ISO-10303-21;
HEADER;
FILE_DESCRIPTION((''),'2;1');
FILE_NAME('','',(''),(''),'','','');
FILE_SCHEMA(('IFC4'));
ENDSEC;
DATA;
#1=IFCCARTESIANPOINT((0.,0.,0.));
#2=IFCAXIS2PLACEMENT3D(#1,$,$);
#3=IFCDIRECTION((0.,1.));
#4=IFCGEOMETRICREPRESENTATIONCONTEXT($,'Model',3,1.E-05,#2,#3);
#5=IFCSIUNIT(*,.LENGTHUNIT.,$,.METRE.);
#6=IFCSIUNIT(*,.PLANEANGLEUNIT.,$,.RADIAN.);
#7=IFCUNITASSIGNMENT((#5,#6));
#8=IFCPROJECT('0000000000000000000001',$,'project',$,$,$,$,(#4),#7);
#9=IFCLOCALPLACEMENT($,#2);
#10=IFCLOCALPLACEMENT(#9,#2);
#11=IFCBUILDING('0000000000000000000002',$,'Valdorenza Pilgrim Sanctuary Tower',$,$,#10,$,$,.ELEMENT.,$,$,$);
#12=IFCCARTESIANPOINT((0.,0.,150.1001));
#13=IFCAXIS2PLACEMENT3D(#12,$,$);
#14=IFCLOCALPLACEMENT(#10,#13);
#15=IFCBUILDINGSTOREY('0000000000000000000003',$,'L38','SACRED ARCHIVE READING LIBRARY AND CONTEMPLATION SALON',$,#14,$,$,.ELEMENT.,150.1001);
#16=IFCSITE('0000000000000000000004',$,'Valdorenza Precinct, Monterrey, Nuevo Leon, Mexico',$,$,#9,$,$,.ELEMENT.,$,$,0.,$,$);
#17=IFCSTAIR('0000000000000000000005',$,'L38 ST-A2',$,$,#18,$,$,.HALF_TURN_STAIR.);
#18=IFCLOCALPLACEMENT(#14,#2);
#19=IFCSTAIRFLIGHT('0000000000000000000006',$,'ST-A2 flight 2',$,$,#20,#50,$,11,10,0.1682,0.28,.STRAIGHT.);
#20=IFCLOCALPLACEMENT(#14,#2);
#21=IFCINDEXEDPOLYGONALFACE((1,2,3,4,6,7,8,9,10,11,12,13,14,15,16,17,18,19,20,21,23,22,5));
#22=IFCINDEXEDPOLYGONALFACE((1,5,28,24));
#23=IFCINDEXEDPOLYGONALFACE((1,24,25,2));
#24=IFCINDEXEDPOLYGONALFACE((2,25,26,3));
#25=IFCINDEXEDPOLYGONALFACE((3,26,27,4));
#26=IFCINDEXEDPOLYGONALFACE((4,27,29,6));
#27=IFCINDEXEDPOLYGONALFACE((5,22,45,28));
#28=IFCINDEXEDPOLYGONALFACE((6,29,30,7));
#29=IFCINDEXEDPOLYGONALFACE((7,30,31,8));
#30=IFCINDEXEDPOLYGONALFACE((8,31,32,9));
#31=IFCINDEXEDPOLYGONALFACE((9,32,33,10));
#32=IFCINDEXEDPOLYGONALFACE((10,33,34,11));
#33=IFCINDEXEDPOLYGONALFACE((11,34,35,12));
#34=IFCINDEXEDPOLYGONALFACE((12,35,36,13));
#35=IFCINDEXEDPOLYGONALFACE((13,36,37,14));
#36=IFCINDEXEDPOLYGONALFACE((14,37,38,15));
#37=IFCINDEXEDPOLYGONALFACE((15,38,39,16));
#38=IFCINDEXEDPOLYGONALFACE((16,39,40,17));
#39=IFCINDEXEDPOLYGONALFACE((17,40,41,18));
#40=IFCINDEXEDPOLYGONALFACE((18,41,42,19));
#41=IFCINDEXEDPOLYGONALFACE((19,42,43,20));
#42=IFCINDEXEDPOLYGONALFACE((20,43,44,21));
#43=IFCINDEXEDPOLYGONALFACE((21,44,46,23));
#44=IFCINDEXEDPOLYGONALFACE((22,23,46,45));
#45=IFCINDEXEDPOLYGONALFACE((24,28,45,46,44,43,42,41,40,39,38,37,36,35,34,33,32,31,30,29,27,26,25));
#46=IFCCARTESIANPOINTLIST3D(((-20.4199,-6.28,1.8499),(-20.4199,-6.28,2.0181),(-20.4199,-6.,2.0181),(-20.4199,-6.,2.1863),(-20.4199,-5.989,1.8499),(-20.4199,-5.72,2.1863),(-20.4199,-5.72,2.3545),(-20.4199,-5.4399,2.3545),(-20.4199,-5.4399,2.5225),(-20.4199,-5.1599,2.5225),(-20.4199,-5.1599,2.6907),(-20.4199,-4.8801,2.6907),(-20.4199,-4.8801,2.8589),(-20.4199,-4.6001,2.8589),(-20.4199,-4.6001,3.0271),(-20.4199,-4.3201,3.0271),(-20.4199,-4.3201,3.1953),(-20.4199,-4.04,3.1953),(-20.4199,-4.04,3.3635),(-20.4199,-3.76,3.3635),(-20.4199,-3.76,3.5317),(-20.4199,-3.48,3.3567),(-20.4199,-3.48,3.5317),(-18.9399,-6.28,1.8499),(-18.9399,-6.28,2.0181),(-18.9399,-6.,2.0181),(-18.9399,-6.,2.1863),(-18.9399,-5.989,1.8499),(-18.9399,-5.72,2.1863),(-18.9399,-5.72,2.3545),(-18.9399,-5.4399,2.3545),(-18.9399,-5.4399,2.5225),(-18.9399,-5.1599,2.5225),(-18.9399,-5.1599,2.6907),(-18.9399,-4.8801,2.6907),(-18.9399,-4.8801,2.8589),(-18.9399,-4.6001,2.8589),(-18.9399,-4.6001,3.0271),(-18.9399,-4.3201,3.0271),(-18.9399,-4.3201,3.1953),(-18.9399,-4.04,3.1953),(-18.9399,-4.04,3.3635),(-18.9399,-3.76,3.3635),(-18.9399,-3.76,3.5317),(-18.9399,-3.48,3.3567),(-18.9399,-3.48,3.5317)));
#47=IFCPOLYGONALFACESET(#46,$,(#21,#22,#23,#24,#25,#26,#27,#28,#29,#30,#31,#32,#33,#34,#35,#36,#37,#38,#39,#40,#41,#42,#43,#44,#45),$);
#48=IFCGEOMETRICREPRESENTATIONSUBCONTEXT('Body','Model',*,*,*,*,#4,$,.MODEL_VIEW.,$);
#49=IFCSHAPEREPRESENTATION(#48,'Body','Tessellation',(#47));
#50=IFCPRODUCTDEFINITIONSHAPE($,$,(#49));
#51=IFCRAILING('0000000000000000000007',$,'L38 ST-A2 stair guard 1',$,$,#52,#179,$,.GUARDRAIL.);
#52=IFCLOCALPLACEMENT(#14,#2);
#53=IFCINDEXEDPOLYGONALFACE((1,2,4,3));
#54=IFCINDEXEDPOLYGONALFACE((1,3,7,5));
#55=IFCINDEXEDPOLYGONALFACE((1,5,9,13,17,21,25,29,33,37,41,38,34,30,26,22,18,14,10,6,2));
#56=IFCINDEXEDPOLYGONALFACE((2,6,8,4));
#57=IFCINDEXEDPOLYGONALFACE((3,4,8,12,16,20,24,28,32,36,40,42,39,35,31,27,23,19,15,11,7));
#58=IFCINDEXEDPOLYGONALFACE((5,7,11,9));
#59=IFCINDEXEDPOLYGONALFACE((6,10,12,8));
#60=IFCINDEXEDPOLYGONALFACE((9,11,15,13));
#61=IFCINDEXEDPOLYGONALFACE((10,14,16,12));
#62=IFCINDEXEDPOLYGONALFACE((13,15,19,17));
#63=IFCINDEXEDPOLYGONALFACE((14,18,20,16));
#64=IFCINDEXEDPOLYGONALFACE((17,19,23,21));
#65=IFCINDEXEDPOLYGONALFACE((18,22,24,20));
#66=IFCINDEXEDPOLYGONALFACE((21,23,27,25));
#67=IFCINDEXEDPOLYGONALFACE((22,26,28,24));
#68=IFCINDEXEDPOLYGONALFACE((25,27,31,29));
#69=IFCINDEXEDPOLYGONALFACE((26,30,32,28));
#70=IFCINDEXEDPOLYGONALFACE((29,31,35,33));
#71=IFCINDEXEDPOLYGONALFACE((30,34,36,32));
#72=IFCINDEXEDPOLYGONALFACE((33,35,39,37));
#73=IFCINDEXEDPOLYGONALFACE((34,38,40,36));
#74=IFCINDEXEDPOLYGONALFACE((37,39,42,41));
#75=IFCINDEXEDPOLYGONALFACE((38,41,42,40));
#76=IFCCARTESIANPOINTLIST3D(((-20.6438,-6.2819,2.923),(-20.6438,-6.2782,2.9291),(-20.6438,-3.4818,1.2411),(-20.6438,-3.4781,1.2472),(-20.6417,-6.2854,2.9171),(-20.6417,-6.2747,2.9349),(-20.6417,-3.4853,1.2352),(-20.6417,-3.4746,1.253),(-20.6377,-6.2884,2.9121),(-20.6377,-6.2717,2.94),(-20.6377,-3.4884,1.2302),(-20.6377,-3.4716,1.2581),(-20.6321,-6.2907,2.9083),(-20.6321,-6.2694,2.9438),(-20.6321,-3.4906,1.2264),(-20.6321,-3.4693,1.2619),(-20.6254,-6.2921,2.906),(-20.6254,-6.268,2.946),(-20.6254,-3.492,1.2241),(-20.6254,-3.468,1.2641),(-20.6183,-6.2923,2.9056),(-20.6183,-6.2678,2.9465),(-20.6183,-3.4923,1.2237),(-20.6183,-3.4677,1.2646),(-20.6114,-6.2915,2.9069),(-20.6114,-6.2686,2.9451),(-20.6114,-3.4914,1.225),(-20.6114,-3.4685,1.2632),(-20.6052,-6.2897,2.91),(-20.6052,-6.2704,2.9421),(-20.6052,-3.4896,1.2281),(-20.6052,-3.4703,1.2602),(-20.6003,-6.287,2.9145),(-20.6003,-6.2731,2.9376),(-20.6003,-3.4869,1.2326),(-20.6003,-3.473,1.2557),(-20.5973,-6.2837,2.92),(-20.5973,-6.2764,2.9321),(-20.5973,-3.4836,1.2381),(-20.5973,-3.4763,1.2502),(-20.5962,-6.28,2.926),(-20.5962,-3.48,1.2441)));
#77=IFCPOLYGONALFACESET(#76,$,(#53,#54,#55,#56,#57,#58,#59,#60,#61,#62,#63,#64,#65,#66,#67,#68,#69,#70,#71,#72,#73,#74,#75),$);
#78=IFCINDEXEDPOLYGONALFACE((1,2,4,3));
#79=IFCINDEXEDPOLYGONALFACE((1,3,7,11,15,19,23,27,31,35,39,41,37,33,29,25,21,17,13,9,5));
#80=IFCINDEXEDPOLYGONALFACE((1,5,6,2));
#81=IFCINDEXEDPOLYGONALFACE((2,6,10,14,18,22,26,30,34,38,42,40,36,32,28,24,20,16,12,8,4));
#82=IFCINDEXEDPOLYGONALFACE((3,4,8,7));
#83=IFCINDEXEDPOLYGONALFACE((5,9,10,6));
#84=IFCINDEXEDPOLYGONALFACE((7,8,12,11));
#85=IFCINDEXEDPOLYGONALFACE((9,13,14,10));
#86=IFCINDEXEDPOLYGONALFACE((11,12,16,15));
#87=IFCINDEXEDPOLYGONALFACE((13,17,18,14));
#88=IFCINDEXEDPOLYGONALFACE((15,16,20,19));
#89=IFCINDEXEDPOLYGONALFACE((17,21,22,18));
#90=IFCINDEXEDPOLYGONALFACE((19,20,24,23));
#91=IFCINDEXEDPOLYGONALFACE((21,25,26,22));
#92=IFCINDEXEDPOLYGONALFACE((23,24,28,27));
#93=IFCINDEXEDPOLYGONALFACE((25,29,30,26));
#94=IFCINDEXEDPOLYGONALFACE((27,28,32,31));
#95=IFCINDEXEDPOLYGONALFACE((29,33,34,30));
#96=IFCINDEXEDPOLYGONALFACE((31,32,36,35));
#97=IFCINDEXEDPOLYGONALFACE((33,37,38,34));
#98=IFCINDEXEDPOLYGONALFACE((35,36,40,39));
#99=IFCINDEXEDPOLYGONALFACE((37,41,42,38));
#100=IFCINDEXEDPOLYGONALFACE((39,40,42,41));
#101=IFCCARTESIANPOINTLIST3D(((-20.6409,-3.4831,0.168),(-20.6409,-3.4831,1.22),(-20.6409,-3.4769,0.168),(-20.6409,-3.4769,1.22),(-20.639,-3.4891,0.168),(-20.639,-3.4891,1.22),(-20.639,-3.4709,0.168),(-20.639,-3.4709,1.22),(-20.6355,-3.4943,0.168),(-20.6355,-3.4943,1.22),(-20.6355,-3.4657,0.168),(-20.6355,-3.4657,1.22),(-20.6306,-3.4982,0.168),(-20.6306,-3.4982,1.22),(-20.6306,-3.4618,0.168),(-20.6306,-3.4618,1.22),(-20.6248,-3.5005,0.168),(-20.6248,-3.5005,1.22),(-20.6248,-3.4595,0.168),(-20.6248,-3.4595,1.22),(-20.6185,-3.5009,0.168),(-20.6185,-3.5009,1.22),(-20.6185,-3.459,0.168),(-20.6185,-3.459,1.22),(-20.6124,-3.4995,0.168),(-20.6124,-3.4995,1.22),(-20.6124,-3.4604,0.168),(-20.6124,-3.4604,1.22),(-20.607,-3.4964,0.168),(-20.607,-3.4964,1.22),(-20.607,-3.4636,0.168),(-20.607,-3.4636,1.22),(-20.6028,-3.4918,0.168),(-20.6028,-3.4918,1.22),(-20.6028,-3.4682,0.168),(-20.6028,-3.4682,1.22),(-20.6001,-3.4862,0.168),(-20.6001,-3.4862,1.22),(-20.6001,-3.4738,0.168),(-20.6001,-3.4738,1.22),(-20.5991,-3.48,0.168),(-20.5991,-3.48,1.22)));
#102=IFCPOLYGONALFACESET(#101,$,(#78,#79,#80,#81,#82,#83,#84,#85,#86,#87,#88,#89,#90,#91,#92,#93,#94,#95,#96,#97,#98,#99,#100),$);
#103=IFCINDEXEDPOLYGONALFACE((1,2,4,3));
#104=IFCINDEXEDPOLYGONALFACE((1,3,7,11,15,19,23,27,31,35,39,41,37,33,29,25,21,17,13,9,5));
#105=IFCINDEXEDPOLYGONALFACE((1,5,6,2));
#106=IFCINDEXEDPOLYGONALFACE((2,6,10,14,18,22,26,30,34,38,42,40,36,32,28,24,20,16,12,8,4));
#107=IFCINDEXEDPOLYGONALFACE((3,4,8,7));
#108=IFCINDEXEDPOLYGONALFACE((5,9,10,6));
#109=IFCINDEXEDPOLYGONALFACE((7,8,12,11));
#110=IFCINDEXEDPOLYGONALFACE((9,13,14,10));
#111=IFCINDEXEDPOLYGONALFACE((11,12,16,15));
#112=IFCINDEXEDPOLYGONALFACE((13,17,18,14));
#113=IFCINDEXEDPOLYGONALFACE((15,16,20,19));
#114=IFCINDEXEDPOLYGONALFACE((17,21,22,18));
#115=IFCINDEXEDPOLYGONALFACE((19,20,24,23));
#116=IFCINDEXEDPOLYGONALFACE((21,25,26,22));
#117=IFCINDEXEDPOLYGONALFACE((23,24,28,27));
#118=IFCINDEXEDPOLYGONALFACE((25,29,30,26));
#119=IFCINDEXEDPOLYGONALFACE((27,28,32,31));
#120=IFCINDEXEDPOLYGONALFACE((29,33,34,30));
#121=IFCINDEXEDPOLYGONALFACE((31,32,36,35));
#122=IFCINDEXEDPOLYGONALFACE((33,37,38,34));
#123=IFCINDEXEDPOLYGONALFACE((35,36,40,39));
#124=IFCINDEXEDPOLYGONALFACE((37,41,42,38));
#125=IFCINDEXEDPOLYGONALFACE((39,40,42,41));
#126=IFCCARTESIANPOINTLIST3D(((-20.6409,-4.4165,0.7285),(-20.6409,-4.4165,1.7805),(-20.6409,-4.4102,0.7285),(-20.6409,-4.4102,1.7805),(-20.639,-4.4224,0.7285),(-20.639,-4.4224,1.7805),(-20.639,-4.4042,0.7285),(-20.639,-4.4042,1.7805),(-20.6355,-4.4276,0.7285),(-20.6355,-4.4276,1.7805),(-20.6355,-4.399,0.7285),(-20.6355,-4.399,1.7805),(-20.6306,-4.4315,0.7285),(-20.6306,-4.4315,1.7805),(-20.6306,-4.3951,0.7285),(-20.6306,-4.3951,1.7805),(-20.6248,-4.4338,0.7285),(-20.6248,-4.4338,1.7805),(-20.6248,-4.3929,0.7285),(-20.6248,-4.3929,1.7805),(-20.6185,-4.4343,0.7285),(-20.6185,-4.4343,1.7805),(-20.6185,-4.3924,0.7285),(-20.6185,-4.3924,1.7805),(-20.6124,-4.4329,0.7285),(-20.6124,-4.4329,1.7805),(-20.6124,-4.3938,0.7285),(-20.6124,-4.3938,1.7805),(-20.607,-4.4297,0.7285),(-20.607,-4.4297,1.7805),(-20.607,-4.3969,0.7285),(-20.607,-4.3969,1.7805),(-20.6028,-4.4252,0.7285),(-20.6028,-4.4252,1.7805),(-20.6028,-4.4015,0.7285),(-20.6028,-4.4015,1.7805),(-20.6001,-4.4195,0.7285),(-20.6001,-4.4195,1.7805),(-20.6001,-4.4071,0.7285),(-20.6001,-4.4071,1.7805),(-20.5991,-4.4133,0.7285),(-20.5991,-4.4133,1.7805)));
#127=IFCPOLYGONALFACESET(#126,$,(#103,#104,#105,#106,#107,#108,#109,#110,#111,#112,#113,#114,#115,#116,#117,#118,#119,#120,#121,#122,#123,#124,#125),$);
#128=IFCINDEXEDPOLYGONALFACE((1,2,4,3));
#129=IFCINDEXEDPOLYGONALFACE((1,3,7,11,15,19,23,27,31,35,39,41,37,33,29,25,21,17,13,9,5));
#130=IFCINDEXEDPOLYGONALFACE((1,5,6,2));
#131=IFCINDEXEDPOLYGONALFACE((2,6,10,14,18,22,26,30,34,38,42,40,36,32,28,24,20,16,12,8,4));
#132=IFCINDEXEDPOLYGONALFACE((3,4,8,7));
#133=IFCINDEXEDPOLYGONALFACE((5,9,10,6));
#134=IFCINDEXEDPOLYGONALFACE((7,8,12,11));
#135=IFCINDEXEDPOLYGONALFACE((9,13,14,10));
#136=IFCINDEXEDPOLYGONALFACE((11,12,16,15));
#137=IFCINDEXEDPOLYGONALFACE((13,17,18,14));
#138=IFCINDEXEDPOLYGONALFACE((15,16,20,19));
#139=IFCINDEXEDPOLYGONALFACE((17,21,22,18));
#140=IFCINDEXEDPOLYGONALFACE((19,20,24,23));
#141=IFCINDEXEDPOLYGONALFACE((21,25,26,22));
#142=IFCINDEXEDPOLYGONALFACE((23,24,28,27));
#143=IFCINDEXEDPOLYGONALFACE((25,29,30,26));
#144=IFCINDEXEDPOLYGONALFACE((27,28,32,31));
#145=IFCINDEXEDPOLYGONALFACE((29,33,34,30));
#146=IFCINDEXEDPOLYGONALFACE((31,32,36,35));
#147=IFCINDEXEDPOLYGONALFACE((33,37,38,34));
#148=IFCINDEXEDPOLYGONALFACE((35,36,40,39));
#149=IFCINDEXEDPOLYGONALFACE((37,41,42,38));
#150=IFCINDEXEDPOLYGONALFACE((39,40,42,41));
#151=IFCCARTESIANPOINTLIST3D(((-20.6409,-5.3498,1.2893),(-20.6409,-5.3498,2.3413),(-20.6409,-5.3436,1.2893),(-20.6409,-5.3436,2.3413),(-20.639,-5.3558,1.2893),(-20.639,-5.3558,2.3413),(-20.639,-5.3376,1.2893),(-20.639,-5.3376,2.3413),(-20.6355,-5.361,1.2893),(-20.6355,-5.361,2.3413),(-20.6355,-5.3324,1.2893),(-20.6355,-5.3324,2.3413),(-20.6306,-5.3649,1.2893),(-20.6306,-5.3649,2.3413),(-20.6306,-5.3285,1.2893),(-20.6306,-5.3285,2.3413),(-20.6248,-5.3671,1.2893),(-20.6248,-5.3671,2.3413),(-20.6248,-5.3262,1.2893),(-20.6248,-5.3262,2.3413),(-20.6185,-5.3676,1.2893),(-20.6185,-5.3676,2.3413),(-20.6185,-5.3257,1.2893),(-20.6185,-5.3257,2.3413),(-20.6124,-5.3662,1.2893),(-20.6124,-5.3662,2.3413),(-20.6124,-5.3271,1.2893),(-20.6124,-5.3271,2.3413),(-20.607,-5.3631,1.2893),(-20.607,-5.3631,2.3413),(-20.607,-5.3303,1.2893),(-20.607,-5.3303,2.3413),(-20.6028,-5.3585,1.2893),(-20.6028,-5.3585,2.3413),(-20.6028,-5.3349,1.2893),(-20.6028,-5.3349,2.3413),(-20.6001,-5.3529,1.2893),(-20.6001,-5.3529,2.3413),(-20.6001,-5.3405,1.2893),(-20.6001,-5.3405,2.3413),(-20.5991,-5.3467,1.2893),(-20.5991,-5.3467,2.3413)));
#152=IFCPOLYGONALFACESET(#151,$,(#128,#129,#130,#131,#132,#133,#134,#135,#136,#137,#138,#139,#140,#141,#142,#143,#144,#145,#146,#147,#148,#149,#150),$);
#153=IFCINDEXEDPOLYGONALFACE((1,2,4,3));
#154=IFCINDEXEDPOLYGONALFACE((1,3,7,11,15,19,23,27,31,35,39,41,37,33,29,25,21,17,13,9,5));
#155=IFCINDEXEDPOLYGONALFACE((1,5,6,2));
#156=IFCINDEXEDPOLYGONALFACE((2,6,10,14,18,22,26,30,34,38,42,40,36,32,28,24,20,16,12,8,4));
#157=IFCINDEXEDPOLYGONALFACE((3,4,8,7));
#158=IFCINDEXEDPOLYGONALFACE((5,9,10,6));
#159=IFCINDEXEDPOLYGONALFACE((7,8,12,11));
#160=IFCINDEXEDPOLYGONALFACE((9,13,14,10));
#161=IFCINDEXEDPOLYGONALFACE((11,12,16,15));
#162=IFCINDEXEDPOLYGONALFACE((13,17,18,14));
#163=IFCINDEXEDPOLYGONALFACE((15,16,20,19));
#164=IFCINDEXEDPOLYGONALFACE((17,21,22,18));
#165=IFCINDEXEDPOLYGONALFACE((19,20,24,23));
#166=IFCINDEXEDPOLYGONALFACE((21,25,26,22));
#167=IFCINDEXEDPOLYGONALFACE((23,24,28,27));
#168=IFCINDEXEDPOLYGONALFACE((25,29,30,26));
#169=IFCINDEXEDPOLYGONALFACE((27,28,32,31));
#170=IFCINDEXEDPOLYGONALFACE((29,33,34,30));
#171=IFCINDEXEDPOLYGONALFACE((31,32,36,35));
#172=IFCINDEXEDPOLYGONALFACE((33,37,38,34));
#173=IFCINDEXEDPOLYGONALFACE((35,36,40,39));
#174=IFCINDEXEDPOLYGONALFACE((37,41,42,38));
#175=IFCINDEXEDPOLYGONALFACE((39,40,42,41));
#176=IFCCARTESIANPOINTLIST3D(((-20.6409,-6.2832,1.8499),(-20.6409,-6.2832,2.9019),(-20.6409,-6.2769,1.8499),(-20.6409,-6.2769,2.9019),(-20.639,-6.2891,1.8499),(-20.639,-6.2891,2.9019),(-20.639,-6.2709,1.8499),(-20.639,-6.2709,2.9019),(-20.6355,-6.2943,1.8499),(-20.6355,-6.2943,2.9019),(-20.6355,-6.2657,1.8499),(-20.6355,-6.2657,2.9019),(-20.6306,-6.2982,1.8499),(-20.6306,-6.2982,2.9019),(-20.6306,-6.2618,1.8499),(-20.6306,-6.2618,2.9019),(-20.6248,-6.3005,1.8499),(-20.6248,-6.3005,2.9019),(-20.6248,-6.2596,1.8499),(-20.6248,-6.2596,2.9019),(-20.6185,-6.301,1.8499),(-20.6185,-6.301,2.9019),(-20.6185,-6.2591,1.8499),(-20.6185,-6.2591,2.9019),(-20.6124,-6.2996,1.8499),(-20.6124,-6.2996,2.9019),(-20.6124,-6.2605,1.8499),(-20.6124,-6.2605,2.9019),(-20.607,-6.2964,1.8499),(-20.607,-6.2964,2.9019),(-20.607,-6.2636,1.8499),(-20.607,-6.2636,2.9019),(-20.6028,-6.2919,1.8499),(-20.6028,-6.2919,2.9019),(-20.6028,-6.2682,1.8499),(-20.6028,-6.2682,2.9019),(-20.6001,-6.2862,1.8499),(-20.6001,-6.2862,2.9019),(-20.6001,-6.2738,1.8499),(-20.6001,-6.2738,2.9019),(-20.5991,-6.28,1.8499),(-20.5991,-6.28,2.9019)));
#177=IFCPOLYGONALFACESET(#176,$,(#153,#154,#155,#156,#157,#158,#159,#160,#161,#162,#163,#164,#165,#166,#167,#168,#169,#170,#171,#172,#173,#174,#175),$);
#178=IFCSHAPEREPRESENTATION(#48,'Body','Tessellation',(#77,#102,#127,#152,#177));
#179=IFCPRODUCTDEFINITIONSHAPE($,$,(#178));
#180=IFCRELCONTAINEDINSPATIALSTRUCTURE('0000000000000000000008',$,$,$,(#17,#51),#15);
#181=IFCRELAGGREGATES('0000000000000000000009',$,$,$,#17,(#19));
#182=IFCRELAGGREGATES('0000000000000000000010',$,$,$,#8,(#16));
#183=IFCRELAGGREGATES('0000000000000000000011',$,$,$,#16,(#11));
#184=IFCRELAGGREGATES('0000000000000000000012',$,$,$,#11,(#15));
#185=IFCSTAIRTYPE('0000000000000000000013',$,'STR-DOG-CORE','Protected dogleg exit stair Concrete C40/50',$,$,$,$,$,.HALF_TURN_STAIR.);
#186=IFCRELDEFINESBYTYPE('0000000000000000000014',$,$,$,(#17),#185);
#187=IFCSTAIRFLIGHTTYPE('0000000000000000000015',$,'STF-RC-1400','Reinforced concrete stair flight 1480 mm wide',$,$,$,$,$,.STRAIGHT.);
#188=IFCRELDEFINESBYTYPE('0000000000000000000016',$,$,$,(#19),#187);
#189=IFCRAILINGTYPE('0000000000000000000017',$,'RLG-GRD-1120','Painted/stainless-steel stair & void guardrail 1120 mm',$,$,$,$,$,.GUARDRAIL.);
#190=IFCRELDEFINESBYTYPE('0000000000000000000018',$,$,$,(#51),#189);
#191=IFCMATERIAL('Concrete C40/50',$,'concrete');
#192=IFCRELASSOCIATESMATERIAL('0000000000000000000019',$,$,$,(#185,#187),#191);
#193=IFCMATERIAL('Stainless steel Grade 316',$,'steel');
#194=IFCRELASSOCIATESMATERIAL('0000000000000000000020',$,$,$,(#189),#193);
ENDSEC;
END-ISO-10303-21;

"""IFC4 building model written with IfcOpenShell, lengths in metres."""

from ifc_helpers import new_model, si_unit, direction, frame, origin, origin_2d, place, context, subcontext, project, spatial, polyline, circle, outline, extrude, material, type_object, element, aggregate, save


model = new_model("IFC4")

# Units and contexts
model_context = context("Model", 3, precision=1e-05, world=origin(), true_north=direction((0.0, 1.0)))
body_context = subcontext(model_context, "Body", "Model", "MODEL_VIEW")
ifc_project = project(units=[si_unit("LENGTHUNIT", "METRE"), si_unit("PLANEANGLEUNIT", "RADIAN")], contexts=[model_context])

# Site, building, storey
site_placement = place(None, origin())
site = spatial("IfcSite", under=ifc_project, at=site_placement, Name="Valdorenza Precinct, Monterrey, Nuevo Leon, Mexico", CompositionType="ELEMENT", RefElevation=0.0)
building_placement = place(site_placement, origin())
building = spatial("IfcBuilding", under=site, at=building_placement, Name="Valdorenza Pilgrim Sanctuary Tower", CompositionType="ELEMENT")
storey_placement = place(building_placement, frame((0.0, 0.0, 150.1001)))
storey = spatial("IfcBuildingStorey", under=building, at=storey_placement, Name="L38", Description="SACRED ARCHIVE READING LIBRARY AND CONTEMPLATION SALON", CompositionType="ELEMENT", Elevation=150.1001)

# Shared definitions
ifc_material_1 = material(Name="Concrete C40/50", Category="concrete")

# Stair, stair flight
stair_type = type_object("IfcStairType", Name="STR-DOG-CORE", Description="Protected dogleg exit stair Concrete C40/50", PredefinedType="HALF_TURN_STAIR", material=ifc_material_1)
stair_placement = place(storey_placement, origin())
stair = element("IfcStair", 1, at=stair_placement, inside=storey, type_object=stair_type, Name="L38 ST-A2", PredefinedType="HALF_TURN_STAIR")
stair_flight_type = type_object("IfcStairFlightType", Name="STF-RC-1400", Description="Reinforced concrete stair flight 1480 mm wide", PredefinedType="STRAIGHT", material=ifc_material_1)
stair_flight_1_placement = place(storey_placement, frame((-19.6799, -6.28, 1.8499), z_axis=(0.0, 0.0, 1.0), x_axis=(0.0, 1.0, 0.0)))
stair_flight_1 = element("IfcStairFlight", 2, at=stair_flight_1_placement, type_object=stair_flight_type, Name="ST-A2 flight 2", NumberOfRisers=11, NumberOfTreads=10, PredefinedType="STRAIGHT", RiserHeight=0.1682, TreadLength=0.28, context=body_context, shape_type="SweptSolid", body=[
    extrude(outline(polyline([(0.0, 0.0), (0.0, 0.1682), (0.28, 0.1682), (0.28, 0.3364), (0.5601, 0.3364), (0.5601, 0.5046), (0.8401, 0.5046), (0.8401, 0.6726), (1.1201, 0.6726), (1.1201, 0.8408), (1.3999, 0.8408), (1.3999, 1.009), (1.6799, 1.009), (1.6799, 1.1772), (1.96, 1.1772), (1.96, 1.3455), (2.24, 1.3455), (2.24, 1.5137), (2.52, 1.5137), (2.52, 1.6819), (2.8, 1.6819), (2.8, 1.8501), (2.8, 1.5068), (0.291, 0.0), (0.0, 0.0)])), frame((0.0, 0.74, 0.0), z_axis=(0.0, -1.0, 0.0), x_axis=(1.0, 0.0, 0.0)), (0.0, 0.0, 1.0), 1.48),
])
aggregate(stair, [stair_flight_1])

# Railing
ifc_material_2 = material(Name="Stainless steel Grade 316", Category="steel")
railing_type_1 = type_object("IfcRailingType", Name="RLG-GRD-1120", Description="Painted/stainless-steel stair & void guardrail 1120 mm", PredefinedType="GUARDRAIL", material=ifc_material_2)
railing_1_placement = place(storey_placement, frame((-20.6201, -3.48, 0.168)))
element("IfcRailing", 3, at=railing_1_placement, inside=storey, type_object=railing_type_1, Name="L38 ST-A2 stair guard 1", PredefinedType="GUARDRAIL", context=body_context, shape_type="SweptSolid", body=[
    extrude(circle(Radius=0.0239, at=origin_2d()), frame((0.0, 0.0, 1.0762), z_axis=(0.0, -0.857242, 0.514913), x_axis=(1.0, 0.0, 0.0)), (0.0, 0.0, 1.0), 3.2664),
    extrude(circle(Radius=0.021, at=origin_2d()), origin(), (0.0, 0.0, 1.0), 1.052),
    extrude(circle(Radius=0.021, at=origin_2d()), frame((0.0, -0.9333, 0.5605)), (0.0, 0.0, 1.0), 1.052),
    extrude(circle(Radius=0.021, at=origin_2d()), frame((0.0, -1.8667, 1.1213)), (0.0, 0.0, 1.0), 1.052),
    extrude(circle(Radius=0.021, at=origin_2d()), frame((0.0, -2.8, 1.6819)), (0.0, 0.0, 1.0), 1.052),
])

save(model, "model.ifc")
